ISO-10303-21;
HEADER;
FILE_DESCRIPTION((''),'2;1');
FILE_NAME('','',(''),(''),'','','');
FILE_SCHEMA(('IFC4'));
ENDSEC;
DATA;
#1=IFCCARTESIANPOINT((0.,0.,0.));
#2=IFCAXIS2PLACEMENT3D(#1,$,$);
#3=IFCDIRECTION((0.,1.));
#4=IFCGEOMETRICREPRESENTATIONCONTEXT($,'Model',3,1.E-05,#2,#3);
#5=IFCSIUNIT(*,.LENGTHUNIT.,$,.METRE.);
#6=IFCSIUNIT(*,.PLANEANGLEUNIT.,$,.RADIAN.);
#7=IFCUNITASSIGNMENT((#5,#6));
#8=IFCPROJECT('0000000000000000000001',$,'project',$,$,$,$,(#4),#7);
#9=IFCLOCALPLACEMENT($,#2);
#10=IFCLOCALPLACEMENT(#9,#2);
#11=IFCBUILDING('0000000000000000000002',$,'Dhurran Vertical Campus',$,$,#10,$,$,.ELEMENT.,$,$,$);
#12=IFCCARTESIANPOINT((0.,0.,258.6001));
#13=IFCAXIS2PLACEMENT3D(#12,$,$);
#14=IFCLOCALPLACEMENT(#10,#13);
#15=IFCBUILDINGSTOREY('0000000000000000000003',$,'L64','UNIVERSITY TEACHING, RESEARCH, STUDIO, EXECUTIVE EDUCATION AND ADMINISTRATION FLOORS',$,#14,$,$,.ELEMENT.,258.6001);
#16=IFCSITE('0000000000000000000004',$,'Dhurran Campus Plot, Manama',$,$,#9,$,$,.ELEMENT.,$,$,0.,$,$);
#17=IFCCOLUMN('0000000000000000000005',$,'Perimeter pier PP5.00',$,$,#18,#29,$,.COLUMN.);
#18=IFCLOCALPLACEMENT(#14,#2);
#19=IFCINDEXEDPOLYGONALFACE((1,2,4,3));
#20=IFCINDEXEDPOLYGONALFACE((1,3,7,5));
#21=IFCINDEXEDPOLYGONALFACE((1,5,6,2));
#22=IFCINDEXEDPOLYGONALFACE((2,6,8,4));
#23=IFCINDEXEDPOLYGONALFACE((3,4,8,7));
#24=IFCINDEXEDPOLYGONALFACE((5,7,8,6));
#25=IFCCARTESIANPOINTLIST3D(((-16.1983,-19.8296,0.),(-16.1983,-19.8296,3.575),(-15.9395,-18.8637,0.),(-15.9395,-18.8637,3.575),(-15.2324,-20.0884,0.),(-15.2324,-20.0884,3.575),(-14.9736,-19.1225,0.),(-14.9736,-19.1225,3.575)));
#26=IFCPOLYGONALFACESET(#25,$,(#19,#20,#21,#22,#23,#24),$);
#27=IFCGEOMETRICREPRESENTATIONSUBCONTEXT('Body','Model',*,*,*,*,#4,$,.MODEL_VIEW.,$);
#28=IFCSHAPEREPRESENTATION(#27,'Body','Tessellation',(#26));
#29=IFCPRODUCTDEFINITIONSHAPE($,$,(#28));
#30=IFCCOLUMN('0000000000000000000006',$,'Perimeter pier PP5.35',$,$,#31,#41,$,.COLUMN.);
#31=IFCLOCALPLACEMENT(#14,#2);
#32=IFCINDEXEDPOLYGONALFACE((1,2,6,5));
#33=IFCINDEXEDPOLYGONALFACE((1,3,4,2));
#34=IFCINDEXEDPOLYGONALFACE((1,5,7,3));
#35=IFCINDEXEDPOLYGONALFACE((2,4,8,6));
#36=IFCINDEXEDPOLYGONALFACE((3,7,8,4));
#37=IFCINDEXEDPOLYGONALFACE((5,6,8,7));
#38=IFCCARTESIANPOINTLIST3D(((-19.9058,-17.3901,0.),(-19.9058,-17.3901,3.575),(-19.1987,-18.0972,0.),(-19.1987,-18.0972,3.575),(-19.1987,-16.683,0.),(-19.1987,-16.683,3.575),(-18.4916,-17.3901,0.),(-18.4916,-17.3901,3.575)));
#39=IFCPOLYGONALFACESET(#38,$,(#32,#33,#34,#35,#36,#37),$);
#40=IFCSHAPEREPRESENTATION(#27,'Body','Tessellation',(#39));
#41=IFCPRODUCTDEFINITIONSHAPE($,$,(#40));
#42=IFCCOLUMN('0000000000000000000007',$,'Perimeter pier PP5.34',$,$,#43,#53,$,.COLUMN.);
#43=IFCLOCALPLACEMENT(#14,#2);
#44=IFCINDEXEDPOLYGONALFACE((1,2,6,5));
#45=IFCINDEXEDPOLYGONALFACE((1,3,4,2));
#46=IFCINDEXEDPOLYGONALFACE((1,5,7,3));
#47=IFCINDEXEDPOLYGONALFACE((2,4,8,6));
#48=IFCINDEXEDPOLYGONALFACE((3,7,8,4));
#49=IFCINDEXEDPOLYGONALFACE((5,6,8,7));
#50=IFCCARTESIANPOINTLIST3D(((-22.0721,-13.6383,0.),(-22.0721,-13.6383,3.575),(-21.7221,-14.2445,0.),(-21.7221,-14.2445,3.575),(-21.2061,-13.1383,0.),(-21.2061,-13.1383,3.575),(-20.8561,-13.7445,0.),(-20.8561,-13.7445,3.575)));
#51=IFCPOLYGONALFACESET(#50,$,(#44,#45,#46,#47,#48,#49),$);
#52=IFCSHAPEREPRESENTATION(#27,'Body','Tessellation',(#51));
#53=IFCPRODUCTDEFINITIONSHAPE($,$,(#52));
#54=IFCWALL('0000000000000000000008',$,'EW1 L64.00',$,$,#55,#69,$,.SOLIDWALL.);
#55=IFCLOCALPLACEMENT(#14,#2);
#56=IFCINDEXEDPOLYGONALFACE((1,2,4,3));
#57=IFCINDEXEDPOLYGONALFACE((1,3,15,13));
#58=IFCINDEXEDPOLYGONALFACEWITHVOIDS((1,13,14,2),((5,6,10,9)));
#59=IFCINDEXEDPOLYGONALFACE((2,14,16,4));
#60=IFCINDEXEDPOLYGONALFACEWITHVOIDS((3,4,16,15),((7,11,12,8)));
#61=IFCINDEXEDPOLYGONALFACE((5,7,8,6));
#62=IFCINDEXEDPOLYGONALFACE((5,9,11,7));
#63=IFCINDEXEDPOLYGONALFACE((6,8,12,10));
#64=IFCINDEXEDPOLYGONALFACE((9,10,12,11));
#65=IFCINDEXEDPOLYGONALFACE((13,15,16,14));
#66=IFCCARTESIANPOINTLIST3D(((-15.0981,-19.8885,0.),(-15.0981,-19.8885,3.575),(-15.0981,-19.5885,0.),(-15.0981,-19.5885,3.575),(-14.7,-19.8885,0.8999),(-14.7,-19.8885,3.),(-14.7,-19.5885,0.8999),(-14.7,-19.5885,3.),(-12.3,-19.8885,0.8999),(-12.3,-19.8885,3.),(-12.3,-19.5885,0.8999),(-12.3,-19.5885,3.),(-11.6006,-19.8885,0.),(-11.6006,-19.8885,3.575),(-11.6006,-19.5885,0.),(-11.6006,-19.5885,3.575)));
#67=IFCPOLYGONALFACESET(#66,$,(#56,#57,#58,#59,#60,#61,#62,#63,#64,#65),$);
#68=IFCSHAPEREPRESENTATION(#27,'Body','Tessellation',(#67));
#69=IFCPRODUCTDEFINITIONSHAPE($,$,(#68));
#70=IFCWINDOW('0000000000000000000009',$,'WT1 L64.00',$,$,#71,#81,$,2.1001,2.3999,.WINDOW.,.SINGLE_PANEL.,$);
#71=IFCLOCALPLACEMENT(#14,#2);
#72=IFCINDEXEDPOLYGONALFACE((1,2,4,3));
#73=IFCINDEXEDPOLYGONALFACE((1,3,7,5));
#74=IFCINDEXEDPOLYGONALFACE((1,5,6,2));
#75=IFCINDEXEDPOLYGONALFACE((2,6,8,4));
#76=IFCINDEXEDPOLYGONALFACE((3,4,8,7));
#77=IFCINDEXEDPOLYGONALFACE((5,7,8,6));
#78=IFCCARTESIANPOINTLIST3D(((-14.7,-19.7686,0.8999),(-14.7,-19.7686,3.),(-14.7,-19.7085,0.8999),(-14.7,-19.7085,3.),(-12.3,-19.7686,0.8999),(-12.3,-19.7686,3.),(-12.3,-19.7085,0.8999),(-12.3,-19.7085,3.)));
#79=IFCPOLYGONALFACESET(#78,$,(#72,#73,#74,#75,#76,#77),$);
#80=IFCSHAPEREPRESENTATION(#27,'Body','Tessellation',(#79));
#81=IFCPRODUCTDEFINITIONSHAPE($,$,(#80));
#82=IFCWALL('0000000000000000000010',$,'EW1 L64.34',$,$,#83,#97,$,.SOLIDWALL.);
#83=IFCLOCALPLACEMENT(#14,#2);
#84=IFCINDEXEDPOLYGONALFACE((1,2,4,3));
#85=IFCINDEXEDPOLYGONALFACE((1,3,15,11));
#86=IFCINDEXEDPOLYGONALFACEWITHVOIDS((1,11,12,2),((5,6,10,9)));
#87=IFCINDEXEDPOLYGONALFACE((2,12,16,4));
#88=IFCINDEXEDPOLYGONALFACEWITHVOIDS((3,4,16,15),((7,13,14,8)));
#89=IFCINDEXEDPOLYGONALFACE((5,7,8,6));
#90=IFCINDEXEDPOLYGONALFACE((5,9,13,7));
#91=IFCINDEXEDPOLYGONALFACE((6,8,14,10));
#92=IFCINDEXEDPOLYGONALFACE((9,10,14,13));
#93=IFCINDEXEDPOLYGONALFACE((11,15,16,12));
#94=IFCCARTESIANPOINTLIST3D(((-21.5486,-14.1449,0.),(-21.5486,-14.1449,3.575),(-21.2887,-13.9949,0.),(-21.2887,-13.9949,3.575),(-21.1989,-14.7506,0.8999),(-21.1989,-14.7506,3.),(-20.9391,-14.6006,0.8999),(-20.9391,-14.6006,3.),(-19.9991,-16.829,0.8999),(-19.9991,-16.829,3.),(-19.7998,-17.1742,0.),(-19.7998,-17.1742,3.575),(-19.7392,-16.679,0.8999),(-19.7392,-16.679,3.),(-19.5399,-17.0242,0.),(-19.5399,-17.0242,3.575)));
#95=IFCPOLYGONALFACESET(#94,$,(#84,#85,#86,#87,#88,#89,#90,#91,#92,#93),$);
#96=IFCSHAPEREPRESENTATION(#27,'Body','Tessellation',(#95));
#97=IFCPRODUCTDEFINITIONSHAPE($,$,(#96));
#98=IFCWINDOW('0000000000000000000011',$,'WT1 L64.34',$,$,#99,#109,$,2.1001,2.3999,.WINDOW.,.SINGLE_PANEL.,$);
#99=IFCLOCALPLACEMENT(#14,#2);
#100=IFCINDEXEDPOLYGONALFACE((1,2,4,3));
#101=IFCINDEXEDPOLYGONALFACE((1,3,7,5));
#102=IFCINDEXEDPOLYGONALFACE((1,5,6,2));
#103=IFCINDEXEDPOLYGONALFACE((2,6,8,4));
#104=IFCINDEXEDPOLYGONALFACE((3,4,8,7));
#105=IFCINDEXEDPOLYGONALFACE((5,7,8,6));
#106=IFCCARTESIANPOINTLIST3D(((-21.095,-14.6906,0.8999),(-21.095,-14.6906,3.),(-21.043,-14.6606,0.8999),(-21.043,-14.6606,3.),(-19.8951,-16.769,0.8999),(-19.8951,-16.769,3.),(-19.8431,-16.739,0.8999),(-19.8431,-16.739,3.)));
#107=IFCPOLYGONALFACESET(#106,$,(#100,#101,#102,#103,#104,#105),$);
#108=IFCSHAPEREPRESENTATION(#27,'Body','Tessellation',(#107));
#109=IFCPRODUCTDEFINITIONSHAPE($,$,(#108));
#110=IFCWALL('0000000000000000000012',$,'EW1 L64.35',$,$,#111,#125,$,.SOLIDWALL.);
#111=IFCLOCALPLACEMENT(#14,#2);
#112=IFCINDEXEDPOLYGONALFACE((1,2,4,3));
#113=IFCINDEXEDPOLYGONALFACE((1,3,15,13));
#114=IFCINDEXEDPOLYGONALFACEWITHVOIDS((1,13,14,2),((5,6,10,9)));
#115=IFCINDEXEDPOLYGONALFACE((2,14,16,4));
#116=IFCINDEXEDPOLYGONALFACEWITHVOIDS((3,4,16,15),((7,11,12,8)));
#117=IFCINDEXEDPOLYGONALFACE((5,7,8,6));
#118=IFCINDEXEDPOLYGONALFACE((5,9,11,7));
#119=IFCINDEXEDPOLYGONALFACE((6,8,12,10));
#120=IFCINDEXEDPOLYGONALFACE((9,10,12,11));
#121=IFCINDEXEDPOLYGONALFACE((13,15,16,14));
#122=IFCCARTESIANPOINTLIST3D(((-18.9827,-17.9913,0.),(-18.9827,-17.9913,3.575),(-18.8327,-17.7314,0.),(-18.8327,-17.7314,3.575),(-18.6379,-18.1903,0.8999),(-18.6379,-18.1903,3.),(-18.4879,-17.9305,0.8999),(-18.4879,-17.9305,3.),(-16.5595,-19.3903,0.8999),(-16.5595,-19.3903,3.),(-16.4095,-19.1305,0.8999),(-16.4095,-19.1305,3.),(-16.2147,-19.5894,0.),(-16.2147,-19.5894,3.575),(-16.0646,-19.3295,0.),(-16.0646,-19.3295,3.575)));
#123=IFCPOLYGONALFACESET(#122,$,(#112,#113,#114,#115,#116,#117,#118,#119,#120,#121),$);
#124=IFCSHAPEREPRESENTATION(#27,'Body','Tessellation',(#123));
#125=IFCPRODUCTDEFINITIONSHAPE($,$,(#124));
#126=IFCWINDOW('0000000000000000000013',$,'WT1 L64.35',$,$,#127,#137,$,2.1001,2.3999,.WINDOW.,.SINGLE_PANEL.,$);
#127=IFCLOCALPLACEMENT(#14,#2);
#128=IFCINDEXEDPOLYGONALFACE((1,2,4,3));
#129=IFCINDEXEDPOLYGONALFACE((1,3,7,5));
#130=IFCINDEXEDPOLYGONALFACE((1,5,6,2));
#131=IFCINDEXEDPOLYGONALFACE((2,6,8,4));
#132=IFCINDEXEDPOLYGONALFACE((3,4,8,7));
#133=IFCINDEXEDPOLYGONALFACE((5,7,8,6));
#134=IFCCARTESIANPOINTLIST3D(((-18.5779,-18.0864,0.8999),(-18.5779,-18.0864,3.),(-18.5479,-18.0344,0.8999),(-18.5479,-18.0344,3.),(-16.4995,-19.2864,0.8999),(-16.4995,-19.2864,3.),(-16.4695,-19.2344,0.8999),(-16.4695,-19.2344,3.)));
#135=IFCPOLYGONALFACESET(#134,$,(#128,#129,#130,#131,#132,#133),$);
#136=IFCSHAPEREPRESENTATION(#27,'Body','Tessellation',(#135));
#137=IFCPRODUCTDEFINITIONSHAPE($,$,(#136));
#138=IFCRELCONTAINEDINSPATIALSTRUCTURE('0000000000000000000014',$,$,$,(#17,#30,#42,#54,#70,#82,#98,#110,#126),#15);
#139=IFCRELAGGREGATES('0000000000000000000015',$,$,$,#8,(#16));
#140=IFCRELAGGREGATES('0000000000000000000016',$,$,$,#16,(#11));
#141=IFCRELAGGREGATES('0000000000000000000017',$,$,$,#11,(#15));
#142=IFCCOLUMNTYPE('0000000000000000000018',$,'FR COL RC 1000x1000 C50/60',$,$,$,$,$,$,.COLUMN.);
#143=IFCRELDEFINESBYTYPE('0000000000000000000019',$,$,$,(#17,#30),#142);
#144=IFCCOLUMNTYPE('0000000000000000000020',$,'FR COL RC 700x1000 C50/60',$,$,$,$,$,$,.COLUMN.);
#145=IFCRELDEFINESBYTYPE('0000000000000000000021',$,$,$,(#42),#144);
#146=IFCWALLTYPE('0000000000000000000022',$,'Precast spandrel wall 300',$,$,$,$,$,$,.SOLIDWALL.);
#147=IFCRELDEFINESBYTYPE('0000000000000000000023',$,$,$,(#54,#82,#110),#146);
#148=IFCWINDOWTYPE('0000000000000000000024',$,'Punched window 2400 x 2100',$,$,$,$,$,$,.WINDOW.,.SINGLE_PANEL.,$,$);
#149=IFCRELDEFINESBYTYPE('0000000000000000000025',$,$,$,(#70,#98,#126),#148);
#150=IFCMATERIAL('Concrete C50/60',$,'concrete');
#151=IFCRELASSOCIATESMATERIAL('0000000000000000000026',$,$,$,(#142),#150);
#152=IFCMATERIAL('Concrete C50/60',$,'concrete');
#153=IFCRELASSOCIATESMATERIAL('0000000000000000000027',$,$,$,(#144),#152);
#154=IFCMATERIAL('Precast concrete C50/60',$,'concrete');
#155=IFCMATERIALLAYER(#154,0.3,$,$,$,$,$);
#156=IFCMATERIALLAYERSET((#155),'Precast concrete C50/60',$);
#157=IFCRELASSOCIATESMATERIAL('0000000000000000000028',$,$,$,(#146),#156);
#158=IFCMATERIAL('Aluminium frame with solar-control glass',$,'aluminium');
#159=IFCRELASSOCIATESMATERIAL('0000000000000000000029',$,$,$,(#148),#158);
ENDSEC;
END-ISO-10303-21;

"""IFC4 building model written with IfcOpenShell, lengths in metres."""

from ifc_helpers import new_model, si_unit, direction, frame, frame_2d, origin, origin_2d, place, context, subcontext, project, spatial, rectangle, extrude, material, layer, layer_set, material_profile, profile_set, type_object, element, fill, save


model = new_model("IFC4")

# Units and contexts
model_context = context("Model", 3, precision=1e-05, world=origin(), true_north=direction((0.0, 1.0)))
body_context = subcontext(model_context, "Body", "Model", "MODEL_VIEW")
ifc_project = project(units=[si_unit("LENGTHUNIT", "METRE"), si_unit("PLANEANGLEUNIT", "RADIAN")], contexts=[model_context])

# Site, building, storey
site_placement = place(None, origin())
site = spatial("IfcSite", under=ifc_project, at=site_placement, Name="Dhurran Campus Plot, Manama", CompositionType="ELEMENT", RefElevation=0.0)
building_placement = place(site_placement, origin())
building = spatial("IfcBuilding", under=site, at=building_placement, Name="Dhurran Vertical Campus", CompositionType="ELEMENT")
storey_placement = place(building_placement, frame((0.0, 0.0, 258.6001)))
storey = spatial("IfcBuildingStorey", under=building, at=storey_placement, Name="L64", Description="UNIVERSITY TEACHING, RESEARCH, STUDIO, EXECUTIVE EDUCATION AND ADMINISTRATION FLOORS", CompositionType="ELEMENT", Elevation=258.6001)

# Columns
ifc_material_1 = material(Name="Concrete C50/60", Category="concrete")
ifc_material_profile_1 = material_profile(ifc_material_1, rectangle(XDim=1.0, YDim=1.0, at=origin_2d()), Name="RC 1000x1000")
ifc_profile_set_1 = profile_set([ifc_material_profile_1], Name="Concrete C50/60")
column_type_1 = type_object("IfcColumnType", Name="FR COL RC 1000x1000 C50/60", PredefinedType="COLUMN", material=ifc_profile_set_1)
for number, where, z_axis, x_axis, name in (
    (1, (-15.5859, -19.4761, 0.0), (0.0, 0.0, 1.0), (0.965926, -0.258819, 0.0), "Perimeter pier PP5.00"),
    (2, (-19.1987, -17.3901, 0.0), (0.0, 0.0, 1.0), (0.707107, -0.707107, 0.0), "Perimeter pier PP5.35"),
):
    element("IfcColumn", number, at=place(storey_placement, frame(where, z_axis=z_axis, x_axis=x_axis)), inside=storey, type_object=column_type_1, Name=name, PredefinedType="COLUMN", context=body_context, shape_type="SweptSolid", body=[
        extrude(rectangle(XDim=1.0, YDim=1.0, at=origin_2d()), origin(), (0.0, 0.0, 1.0), 3.575),
    ])
ifc_material_2 = material(Name="Concrete C50/60", Category="concrete")
ifc_material_profile_2 = material_profile(ifc_material_2, rectangle(XDim=0.7, YDim=1.0, at=origin_2d()), Name="RC 700x1000")
ifc_profile_set_2 = profile_set([ifc_material_profile_2], Name="Concrete C50/60")
column_type_2 = type_object("IfcColumnType", Name="FR COL RC 700x1000 C50/60", PredefinedType="COLUMN", material=ifc_profile_set_2)
column_placement = place(storey_placement, frame((-21.4641, -13.6914, 0.0), z_axis=(0.0, 0.0, 1.0), x_axis=(0.5, -0.866025, 0.0)))
element("IfcColumn", 3, at=column_placement, inside=storey, type_object=column_type_2, Name="Perimeter pier PP5.34", PredefinedType="COLUMN", context=body_context, shape_type="SweptSolid", body=[
    extrude(rectangle(XDim=0.7, YDim=1.0, at=origin_2d()), origin(), (0.0, 0.0, 1.0), 3.575),
])

# Walls, openings, windows
ifc_material_3 = material(Name="Precast concrete C50/60", Category="concrete")
ifc_layer_1 = layer(ifc_material_3, 0.3)
ifc_layer_set_1 = layer_set([ifc_layer_1], Name="Precast concrete C50/60")
wall_type_1 = type_object("IfcWallType", Name="Precast spandrel wall 300", PredefinedType="SOLIDWALL", material=ifc_layer_set_1)
wall_1_placement = place(storey_placement, frame((-15.0981, -19.7385, 0.0), z_axis=(0.0, 0.0, 1.0), x_axis=(1.0, 0.0, 0.0)))
wall_1 = element("IfcWall", 4, at=wall_1_placement, inside=storey, type_object=wall_type_1, Name="EW1 L64.00", PredefinedType="SOLIDWALL", context=body_context, shape_type="SweptSolid", body=[
    extrude(rectangle(XDim=3.4976, YDim=0.3, at=frame_2d((1.7488, 0.0))), origin(), (0.0, 0.0, 1.0), 3.575),
])
opening_1_placement = place(wall_1_placement, frame((0.3982, 0.0, 0.8999)))
opening_1 = element("IfcOpeningElement", 5, at=opening_1_placement, cuts=wall_1, PredefinedType="OPENING", context=body_context, shape_type="SweptSolid", body=[
    extrude(rectangle(XDim=2.3999, YDim=2.1001, at=frame_2d((1.2, 1.05))), frame((0.0, 0.1599, 0.0), z_axis=(0.0, -1.0, 0.0), x_axis=(1.0, 0.0, 0.0)), (0.0, 0.0, 1.0), 0.3201),
])
ifc_material_4 = material(Name="Aluminium frame with solar-control glass", Category="aluminium")
window_type = type_object("IfcWindowType", Name="Punched window 2400 x 2100", PartitioningType="SINGLE_PANEL", PredefinedType="WINDOW", material=ifc_material_4)
window_1_placement = place(opening_1_placement, origin())
window_1 = element("IfcWindow", 6, at=window_1_placement, inside=storey, type_object=window_type, Name="WT1 L64.00", OverallHeight=2.1001, OverallWidth=2.3999, PartitioningType="SINGLE_PANEL", PredefinedType="WINDOW", context=body_context, shape_type="SweptSolid", body=[
    extrude(rectangle(XDim=2.3999, YDim=2.1001, at=frame_2d((1.2, 1.05))), frame((0.0, 0.03, 0.0), z_axis=(0.0, -1.0, 0.0), x_axis=(1.0, 0.0, 0.0)), (0.0, 0.0, 1.0), 0.0601),
])
fill(opening_1, window_1)
wall_2_placement = place(storey_placement, frame((-21.4187, -14.0698, 0.0), z_axis=(0.0, 0.0, 1.0), x_axis=(0.49996, -0.866048, 0.0)))
wall_2 = element("IfcWall", 7, at=wall_2_placement, inside=storey, type_object=wall_type_1, Name="EW1 L64.34", PredefinedType="SOLIDWALL", context=body_context, shape_type="SweptSolid", body=[
    extrude(rectangle(XDim=3.4978, YDim=0.3, at=frame_2d((1.749, 0.0))), origin(), (0.0, 0.0, 1.0), 3.575),
])
opening_2_placement = place(wall_2_placement, frame((0.6995, 0.0, 0.8999)))
opening_2 = element("IfcOpeningElement", 8, at=opening_2_placement, cuts=wall_2, PredefinedType="OPENING", context=body_context, shape_type="SweptSolid", body=[
    extrude(rectangle(XDim=2.3999, YDim=2.1001, at=frame_2d((1.2, 1.05))), frame((0.0, 0.1599, 0.0), z_axis=(0.0, -1.0, 0.0), x_axis=(1.0, 0.0, 0.0)), (0.0, 0.0, 1.0), 0.3201),
])
window_2_placement = place(opening_2_placement, origin())
window_2 = element("IfcWindow", 9, at=window_2_placement, inside=storey, type_object=window_type, Name="WT1 L64.34", OverallHeight=2.1001, OverallWidth=2.3999, PartitioningType="SINGLE_PANEL", PredefinedType="WINDOW", context=body_context, shape_type="SweptSolid", body=[
    extrude(rectangle(XDim=2.3999, YDim=2.1001, at=frame_2d((1.2, 1.05))), frame((0.0, 0.03, 0.0), z_axis=(0.0, -1.0, 0.0), x_axis=(1.0, 0.0, 0.0)), (0.0, 0.0, 1.0), 0.0601),
])
fill(opening_2, window_2)
wall_3_placement = place(storey_placement, frame((-18.9077, -17.8613, 0.0), z_axis=(0.0, 0.0, 1.0), x_axis=(0.866025, -0.5, 0.0)))
wall_3 = element("IfcWall", 10, at=wall_3_placement, inside=storey, type_object=wall_type_1, Name="EW1 L64.35", PredefinedType="SOLIDWALL", context=body_context, shape_type="SweptSolid", body=[
    extrude(rectangle(XDim=3.1963, YDim=0.3, at=frame_2d((1.5981, 0.0))), origin(), (0.0, 0.0, 1.0), 3.575),
])
opening_3_placement = place(wall_3_placement, frame((0.3982, 0.0, 0.8999)))
opening_3 = element("IfcOpeningElement", 11, at=opening_3_placement, cuts=wall_3, PredefinedType="OPENING", context=body_context, shape_type="SweptSolid", body=[
    extrude(rectangle(XDim=2.3999, YDim=2.1001, at=frame_2d((1.2, 1.05))), frame((0.0, 0.1599, 0.0), z_axis=(0.0, -1.0, 0.0), x_axis=(1.0, 0.0, 0.0)), (0.0, 0.0, 1.0), 0.3201),
])
window_3_placement = place(opening_3_placement, origin())
window_3 = element("IfcWindow", 12, at=window_3_placement, inside=storey, type_object=window_type, Name="WT1 L64.35", OverallHeight=2.1001, OverallWidth=2.3999, PartitioningType="SINGLE_PANEL", PredefinedType="WINDOW", context=body_context, shape_type="SweptSolid", body=[
    extrude(rectangle(XDim=2.3999, YDim=2.1001, at=frame_2d((1.2, 1.05))), frame((0.0, 0.03, 0.0), z_axis=(0.0, -1.0, 0.0), x_axis=(1.0, 0.0, 0.0)), (0.0, 0.0, 1.0), 0.0601),
])
fill(opening_3, window_3)

save(model, "model.ifc")
